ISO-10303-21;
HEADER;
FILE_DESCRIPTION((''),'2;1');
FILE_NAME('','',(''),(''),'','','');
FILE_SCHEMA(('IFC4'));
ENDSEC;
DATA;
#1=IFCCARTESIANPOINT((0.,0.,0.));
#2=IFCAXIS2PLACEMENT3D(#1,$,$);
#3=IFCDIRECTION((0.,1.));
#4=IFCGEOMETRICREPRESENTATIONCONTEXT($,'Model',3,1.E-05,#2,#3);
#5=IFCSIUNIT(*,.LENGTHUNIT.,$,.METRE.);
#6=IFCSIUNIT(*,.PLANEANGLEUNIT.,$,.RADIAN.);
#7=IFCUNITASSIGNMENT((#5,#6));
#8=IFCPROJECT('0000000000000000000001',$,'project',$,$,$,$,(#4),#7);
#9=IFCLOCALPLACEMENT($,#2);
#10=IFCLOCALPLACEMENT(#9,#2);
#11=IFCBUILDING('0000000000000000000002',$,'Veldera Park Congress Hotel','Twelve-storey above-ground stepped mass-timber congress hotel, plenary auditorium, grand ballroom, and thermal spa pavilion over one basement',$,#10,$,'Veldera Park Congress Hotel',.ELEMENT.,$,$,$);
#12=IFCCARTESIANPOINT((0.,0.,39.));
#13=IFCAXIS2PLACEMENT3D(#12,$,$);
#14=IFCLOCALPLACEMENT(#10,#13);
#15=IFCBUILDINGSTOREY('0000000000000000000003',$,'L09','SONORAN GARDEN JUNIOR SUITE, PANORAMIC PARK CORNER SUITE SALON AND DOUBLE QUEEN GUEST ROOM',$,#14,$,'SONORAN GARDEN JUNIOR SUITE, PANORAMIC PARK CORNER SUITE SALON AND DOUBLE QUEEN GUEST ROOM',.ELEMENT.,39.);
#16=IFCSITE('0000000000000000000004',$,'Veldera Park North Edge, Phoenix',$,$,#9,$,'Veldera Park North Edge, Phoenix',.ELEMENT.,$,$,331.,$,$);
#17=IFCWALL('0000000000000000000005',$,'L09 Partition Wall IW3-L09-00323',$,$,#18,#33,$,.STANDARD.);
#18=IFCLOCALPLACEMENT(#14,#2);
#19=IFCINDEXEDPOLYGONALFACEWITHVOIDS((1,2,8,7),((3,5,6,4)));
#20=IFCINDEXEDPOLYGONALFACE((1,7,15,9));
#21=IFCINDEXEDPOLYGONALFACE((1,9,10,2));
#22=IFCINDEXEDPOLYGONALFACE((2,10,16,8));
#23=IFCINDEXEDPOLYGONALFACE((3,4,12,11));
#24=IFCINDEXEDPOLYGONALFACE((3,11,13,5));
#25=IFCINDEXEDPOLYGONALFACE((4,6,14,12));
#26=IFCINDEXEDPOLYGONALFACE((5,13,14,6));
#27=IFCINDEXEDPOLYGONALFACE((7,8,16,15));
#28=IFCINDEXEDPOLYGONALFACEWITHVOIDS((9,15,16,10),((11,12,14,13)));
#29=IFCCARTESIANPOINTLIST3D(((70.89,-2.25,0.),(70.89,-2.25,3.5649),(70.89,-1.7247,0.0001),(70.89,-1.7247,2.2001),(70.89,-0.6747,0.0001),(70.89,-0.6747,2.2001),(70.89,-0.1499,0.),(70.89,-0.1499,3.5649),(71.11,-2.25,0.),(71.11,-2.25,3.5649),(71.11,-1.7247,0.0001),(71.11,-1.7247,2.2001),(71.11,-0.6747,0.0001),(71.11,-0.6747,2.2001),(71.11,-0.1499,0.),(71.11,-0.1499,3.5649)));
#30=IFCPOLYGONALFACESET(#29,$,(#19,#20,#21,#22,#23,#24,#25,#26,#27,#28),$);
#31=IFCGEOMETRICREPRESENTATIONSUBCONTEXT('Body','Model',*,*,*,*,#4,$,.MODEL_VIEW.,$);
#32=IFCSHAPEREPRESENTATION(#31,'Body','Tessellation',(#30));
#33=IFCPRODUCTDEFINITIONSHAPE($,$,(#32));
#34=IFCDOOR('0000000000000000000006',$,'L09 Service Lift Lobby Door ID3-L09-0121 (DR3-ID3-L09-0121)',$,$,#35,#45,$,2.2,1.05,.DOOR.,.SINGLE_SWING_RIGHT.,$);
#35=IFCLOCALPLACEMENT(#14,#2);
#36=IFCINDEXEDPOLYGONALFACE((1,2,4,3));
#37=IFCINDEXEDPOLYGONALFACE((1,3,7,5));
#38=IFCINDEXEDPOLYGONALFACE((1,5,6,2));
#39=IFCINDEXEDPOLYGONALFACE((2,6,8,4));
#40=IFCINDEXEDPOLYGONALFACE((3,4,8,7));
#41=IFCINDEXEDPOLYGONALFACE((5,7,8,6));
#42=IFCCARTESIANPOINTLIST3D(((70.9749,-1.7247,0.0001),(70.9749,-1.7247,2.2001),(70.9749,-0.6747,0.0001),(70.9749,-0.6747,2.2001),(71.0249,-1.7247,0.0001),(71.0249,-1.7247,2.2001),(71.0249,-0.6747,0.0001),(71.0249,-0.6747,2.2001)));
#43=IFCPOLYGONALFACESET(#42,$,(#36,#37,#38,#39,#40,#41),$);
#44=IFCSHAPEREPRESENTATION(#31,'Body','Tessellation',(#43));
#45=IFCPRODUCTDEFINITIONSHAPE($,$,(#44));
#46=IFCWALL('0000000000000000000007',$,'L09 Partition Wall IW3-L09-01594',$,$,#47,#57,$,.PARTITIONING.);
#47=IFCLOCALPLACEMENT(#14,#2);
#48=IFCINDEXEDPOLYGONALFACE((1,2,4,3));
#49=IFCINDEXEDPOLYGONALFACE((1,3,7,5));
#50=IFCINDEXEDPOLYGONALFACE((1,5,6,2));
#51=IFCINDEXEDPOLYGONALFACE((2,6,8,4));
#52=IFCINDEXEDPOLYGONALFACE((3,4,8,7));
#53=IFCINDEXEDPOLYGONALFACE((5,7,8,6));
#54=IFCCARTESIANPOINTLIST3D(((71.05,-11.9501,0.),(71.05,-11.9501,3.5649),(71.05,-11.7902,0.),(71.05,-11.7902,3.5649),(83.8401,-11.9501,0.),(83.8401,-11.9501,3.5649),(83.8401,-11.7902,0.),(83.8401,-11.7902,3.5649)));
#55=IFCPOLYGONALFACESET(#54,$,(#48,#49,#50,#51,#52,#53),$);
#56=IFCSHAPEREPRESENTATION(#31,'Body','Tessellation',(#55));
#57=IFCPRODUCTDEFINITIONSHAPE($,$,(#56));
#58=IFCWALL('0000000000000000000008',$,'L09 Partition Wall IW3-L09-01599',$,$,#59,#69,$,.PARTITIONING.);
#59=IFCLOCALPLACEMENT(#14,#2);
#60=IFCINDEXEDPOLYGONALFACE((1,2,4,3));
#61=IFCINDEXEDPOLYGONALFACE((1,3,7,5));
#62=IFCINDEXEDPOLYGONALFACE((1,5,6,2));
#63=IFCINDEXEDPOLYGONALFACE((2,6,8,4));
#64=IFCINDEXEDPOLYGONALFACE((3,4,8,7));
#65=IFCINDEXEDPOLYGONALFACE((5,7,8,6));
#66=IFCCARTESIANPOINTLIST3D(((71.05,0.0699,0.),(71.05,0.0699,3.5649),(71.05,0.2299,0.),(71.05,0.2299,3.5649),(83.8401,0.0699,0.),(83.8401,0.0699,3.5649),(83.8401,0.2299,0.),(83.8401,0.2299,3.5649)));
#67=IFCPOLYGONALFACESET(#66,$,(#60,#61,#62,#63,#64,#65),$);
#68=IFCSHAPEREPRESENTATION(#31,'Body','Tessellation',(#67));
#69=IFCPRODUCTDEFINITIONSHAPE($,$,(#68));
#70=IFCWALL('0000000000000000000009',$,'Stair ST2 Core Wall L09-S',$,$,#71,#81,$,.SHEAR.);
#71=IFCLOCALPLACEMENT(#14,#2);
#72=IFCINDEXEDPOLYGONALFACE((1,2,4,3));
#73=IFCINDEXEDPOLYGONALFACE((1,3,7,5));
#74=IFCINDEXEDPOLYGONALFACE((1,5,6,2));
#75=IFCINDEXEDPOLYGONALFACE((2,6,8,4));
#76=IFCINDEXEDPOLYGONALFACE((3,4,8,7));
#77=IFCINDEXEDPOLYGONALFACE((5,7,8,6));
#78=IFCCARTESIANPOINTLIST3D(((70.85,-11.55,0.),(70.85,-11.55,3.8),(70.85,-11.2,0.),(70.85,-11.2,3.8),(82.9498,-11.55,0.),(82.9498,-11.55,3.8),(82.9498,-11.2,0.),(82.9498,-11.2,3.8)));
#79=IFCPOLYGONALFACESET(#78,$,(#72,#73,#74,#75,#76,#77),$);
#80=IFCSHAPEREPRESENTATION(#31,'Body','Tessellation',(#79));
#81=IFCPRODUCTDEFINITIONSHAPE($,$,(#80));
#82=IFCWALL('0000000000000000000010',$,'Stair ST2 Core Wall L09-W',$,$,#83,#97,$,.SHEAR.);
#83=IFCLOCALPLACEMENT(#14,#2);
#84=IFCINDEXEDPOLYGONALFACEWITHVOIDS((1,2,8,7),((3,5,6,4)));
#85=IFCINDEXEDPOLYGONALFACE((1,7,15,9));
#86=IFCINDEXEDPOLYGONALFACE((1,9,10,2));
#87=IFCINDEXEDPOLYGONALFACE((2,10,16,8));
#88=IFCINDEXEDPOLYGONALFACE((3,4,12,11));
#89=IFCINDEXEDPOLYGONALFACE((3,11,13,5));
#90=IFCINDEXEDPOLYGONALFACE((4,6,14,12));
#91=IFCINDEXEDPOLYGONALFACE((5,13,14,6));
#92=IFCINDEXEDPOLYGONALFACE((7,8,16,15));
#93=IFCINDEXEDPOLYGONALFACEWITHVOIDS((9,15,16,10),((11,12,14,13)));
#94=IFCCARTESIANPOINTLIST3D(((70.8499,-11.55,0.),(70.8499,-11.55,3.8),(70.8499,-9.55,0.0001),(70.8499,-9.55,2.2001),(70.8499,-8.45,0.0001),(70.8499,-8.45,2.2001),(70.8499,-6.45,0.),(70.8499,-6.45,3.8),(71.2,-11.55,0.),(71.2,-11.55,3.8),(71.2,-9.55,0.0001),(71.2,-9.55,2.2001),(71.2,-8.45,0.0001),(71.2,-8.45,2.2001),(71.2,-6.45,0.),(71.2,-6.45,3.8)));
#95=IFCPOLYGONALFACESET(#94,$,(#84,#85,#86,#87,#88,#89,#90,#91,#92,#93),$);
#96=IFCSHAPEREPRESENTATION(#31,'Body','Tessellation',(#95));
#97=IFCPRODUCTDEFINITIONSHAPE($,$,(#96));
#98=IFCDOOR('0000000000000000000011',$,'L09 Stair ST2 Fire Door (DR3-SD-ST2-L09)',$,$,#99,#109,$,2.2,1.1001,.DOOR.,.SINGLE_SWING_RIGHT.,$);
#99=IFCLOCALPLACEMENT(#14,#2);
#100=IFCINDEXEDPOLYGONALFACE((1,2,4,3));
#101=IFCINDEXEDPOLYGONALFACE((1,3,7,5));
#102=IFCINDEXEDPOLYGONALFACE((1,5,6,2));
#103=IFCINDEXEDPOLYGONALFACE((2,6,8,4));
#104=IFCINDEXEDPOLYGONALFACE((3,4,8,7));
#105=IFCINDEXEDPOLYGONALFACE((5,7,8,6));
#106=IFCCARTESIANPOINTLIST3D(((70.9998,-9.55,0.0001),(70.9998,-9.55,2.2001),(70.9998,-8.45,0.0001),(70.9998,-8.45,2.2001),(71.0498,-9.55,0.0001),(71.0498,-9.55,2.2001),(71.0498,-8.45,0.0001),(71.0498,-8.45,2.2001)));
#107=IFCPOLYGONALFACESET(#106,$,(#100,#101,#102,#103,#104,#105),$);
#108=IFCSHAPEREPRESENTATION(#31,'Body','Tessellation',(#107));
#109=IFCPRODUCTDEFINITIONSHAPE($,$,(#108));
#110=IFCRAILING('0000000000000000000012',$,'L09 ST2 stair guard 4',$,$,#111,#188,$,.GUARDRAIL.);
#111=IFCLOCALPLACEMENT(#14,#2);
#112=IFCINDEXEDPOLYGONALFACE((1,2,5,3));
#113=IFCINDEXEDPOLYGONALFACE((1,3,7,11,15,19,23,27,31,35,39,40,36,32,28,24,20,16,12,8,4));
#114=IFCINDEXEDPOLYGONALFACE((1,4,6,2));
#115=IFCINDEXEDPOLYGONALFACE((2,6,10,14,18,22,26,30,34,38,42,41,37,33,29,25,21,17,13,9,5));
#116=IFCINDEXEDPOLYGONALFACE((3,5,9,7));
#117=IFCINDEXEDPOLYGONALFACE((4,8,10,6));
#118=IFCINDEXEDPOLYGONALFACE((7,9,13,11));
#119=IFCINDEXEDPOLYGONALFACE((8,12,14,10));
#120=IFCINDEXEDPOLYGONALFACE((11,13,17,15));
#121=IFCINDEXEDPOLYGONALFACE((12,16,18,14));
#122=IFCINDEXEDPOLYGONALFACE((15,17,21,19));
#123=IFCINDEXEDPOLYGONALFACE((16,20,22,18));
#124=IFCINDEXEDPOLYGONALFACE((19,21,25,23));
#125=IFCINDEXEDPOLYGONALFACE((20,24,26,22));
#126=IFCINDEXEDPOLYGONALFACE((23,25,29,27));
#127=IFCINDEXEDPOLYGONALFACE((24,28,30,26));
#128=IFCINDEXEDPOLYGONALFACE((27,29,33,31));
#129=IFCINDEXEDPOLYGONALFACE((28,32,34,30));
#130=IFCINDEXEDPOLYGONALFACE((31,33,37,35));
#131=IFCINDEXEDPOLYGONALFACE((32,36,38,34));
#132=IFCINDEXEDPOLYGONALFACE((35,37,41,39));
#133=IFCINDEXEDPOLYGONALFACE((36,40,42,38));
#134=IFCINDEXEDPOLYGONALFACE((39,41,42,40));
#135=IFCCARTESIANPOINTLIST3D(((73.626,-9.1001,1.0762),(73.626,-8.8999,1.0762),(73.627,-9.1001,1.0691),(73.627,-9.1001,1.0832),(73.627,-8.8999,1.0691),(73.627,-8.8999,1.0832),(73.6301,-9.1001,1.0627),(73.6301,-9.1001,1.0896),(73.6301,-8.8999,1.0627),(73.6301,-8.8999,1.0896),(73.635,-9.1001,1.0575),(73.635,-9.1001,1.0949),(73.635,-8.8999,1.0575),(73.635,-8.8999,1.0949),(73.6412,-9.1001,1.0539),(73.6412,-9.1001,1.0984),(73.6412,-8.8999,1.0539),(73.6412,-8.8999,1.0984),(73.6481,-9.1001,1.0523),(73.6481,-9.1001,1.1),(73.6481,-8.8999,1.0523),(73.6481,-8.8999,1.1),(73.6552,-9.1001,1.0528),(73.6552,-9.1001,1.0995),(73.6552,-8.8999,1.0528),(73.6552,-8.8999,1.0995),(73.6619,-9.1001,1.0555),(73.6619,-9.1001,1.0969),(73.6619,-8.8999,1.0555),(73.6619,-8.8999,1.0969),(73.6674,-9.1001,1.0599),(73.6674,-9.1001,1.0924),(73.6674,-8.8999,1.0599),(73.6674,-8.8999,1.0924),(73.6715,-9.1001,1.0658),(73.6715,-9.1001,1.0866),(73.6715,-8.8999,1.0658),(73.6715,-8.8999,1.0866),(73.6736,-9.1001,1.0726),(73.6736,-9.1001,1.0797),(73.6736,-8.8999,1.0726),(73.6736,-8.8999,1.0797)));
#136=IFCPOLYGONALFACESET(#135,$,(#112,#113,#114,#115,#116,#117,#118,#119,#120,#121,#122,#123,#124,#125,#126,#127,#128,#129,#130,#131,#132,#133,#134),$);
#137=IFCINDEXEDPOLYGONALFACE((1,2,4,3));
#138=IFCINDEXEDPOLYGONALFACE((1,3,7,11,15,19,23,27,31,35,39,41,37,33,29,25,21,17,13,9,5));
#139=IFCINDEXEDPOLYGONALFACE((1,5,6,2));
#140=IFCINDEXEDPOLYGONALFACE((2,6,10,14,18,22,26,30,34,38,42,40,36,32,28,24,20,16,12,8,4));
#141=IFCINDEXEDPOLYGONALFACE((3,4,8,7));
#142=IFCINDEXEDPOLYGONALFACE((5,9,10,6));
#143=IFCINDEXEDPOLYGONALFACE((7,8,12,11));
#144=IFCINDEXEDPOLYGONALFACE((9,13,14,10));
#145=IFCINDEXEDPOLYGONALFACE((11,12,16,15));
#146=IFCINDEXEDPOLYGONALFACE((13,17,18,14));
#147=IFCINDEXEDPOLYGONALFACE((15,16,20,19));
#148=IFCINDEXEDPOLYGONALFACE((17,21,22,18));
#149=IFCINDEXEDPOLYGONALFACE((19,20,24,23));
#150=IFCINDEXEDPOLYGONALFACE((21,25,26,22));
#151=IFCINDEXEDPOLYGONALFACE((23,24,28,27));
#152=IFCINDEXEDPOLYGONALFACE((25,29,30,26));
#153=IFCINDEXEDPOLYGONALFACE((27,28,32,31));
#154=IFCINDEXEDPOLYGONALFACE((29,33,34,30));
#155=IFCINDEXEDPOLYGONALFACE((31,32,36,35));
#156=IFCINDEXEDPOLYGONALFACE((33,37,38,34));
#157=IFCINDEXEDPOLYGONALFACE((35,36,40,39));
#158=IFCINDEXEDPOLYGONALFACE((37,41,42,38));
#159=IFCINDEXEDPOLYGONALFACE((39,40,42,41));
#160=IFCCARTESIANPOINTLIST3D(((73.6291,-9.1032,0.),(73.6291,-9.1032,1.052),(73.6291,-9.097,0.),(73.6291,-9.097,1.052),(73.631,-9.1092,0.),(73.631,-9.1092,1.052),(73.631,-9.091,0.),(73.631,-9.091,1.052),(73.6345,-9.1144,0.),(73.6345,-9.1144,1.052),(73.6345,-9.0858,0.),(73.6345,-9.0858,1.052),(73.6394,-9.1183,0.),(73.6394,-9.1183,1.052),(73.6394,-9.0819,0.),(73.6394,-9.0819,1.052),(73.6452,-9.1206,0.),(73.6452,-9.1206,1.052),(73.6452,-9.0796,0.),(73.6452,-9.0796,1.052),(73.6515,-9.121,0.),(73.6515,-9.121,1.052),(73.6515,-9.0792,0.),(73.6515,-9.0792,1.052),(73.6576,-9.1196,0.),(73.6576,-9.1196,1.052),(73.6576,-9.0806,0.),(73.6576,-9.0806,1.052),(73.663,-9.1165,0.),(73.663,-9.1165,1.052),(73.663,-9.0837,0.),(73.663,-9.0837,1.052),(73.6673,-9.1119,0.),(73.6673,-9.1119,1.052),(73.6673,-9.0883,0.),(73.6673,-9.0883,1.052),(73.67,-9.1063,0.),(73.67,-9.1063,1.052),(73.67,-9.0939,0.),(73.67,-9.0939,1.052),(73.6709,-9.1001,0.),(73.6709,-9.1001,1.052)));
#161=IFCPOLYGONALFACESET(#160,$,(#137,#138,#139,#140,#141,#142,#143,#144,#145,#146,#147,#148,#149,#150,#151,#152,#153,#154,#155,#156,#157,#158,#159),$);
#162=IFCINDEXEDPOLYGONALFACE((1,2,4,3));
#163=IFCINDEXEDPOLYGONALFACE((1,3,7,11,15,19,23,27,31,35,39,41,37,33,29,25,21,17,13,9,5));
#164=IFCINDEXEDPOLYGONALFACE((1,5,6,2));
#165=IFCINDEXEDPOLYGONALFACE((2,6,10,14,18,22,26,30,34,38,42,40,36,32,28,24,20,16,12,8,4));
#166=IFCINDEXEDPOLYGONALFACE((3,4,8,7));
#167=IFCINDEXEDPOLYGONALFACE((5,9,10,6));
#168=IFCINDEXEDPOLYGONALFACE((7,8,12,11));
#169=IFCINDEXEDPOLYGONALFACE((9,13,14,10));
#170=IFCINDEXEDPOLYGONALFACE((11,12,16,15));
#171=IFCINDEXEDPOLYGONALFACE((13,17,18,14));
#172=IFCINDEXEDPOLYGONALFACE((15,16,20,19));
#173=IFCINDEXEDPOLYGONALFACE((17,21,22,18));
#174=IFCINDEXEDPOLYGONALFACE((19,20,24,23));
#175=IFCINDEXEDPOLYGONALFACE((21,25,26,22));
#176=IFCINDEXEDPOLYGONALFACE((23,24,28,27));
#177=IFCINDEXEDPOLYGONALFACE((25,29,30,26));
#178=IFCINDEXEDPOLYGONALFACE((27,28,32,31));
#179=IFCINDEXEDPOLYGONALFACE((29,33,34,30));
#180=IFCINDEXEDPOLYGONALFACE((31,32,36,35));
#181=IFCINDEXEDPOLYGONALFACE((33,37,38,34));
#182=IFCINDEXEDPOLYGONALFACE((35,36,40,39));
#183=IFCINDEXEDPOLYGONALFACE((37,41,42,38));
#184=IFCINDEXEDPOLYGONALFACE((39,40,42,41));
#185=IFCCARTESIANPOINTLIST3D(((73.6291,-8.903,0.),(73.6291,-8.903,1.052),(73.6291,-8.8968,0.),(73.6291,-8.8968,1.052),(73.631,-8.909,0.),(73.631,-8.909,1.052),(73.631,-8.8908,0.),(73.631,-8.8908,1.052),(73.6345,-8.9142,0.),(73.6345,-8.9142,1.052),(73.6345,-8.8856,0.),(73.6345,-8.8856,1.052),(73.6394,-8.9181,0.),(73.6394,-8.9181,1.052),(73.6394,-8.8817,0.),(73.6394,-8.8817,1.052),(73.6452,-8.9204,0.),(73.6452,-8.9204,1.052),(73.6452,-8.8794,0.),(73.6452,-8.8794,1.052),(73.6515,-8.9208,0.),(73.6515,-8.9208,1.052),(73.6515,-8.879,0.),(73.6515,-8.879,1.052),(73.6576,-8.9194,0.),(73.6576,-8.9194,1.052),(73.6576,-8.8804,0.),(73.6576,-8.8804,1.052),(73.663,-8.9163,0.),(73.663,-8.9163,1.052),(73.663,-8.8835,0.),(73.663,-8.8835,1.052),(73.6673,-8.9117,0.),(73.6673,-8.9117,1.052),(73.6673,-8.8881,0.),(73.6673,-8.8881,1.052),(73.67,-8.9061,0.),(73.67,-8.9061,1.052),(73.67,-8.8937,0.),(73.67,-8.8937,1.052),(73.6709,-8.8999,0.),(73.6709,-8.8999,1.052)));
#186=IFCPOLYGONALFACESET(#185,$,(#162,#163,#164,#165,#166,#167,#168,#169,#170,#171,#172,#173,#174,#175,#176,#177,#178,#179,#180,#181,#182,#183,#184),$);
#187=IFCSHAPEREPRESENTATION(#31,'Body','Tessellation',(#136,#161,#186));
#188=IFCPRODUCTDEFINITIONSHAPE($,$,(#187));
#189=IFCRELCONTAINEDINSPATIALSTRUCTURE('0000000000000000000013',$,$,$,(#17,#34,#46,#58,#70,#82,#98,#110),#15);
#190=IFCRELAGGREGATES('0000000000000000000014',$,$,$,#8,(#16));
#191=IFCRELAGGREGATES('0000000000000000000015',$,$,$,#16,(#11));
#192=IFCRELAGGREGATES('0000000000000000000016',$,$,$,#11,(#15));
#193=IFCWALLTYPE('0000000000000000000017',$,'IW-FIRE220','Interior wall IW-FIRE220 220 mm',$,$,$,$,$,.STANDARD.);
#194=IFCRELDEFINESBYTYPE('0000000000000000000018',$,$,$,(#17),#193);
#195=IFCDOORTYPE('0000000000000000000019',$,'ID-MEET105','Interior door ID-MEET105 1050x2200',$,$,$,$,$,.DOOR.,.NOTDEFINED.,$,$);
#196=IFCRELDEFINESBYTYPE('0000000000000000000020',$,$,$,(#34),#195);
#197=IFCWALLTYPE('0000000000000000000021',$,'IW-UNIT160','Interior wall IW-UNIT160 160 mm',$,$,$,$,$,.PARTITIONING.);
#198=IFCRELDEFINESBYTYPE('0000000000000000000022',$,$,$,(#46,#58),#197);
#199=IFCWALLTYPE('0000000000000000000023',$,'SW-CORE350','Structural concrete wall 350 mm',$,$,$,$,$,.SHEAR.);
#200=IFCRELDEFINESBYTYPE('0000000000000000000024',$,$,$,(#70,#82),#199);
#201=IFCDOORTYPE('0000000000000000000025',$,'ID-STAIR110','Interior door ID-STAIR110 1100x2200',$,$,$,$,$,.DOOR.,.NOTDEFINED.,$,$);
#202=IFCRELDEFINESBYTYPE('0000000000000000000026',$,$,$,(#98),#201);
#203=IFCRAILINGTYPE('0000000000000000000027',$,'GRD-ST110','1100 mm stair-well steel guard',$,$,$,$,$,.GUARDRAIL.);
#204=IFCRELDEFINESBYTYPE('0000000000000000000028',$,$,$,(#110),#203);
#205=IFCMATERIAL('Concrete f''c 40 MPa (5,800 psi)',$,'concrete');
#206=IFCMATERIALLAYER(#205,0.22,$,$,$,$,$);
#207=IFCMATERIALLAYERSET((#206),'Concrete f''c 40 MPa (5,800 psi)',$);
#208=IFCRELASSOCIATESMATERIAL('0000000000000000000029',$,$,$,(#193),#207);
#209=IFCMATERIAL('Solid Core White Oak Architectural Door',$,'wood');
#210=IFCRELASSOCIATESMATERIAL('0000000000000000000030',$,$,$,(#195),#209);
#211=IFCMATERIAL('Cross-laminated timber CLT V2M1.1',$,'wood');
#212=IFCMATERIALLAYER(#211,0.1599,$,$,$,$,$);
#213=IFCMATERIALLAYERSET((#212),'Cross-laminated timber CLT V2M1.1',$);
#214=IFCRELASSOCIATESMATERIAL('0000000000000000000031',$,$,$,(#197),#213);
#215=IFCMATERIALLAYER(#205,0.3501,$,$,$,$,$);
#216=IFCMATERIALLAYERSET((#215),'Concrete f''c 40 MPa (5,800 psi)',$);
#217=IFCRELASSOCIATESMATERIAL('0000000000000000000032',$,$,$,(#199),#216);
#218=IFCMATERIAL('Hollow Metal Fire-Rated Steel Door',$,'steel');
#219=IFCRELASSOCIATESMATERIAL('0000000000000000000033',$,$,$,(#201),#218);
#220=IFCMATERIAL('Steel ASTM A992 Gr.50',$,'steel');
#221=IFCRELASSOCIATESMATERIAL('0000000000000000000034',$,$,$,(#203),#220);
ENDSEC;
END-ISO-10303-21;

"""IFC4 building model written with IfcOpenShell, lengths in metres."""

from ifc_helpers import new_model, si_unit, direction, frame, frame_2d, origin, origin_2d, place, context, subcontext, project, spatial, rectangle, circle, extrude, material, layer, layer_set, type_object, element, fill, save


model = new_model("IFC4")

# Units and contexts
model_context = context("Model", 3, precision=1e-05, world=origin(), true_north=direction((0.0, 1.0)))
body_context = subcontext(model_context, "Body", "Model", "MODEL_VIEW")
ifc_project = project(units=[si_unit("LENGTHUNIT", "METRE"), si_unit("PLANEANGLEUNIT", "RADIAN")], contexts=[model_context])

# Site, building, storey
site_placement = place(None, origin())
site = spatial("IfcSite", under=ifc_project, at=site_placement, Name="Veldera Park North Edge, Phoenix", LongName="Veldera Park North Edge, Phoenix", CompositionType="ELEMENT", RefElevation=331.0)
building_placement = place(site_placement, origin())
building = spatial("IfcBuilding", under=site, at=building_placement, Name="Veldera Park Congress Hotel", Description="Twelve-storey above-ground stepped mass-timber congress hotel, plenary auditorium, grand ballroom, and thermal spa pavilion over one basement", LongName="Veldera Park Congress Hotel", CompositionType="ELEMENT")
storey_placement = place(building_placement, frame((0.0, 0.0, 39.0)))
storey = spatial("IfcBuildingStorey", under=building, at=storey_placement, Name="L09", Description="SONORAN GARDEN JUNIOR SUITE, PANORAMIC PARK CORNER SUITE SALON AND DOUBLE QUEEN GUEST ROOM", LongName="SONORAN GARDEN JUNIOR SUITE, PANORAMIC PARK CORNER SUITE SALON AND DOUBLE QUEEN GUEST ROOM", CompositionType="ELEMENT", Elevation=39.0)

# Shared definitions
ifc_material_1 = material(Name="Cross-laminated timber CLT V2M1.1", Category="wood")

# Wall, opening, door
ifc_material_2 = material(Name="Concrete f'c 40 MPa (5,800 psi)", Category="concrete")
ifc_layer_1 = layer(ifc_material_2, 0.22)
ifc_layer_set_1 = layer_set([ifc_layer_1], Name="Concrete f'c 40 MPa (5,800 psi)")
wall_type_1 = type_object("IfcWallType", Name="IW-FIRE220", Description="Interior wall IW-FIRE220 220 mm", PredefinedType="STANDARD", material=ifc_layer_set_1)
wall_1_placement = place(storey_placement, frame((71.0, -0.1499, 0.0), z_axis=(0.0, 0.0, 1.0), x_axis=(0.0, -1.0, 0.0)))
wall_1 = element("IfcWall", 1, at=wall_1_placement, inside=storey, type_object=wall_type_1, Name="L09 Partition Wall IW3-L09-00323", PredefinedType="STANDARD", context=body_context, shape_type="SweptSolid", body=[
    extrude(rectangle(XDim=2.1001, YDim=0.22, at=frame_2d((1.05, 0.0))), origin(), (0.0, 0.0, 1.0), 3.5649),
])
opening_1_placement = place(wall_1_placement, frame((0.5249, 0.0, 0.0)))
opening_1 = element("IfcOpeningElement", 2, at=opening_1_placement, cuts=wall_1, PredefinedType="OPENING", context=body_context, shape_type="SweptSolid", body=[
    extrude(rectangle(XDim=1.05, YDim=2.2, at=frame_2d((0.5249, 1.1001))), frame((0.0, 0.1221, 0.0), z_axis=(0.0, -1.0, 0.0), x_axis=(1.0, 0.0, 0.0)), (0.0, 0.0, 1.0), 0.2439),
])
ifc_material_3 = material(Name="Solid Core White Oak Architectural Door", Category="wood")
door_type_1 = type_object("IfcDoorType", Name="ID-MEET105", Description="Interior door ID-MEET105 1050x2200", OperationType="NOTDEFINED", PredefinedType="DOOR", material=ifc_material_3)
door_1_placement = place(opening_1_placement, origin())
door_1 = element("IfcDoor", 3, at=door_1_placement, inside=storey, type_object=door_type_1, Name="L09 Service Lift Lobby Door ID3-L09-0121 (DR3-ID3-L09-0121)", OperationType="SINGLE_SWING_RIGHT", OverallHeight=2.2, OverallWidth=1.05, PredefinedType="DOOR", context=body_context, shape_type="SweptSolid", body=[
    extrude(rectangle(XDim=1.05, YDim=2.2, at=frame_2d((0.5249, 1.1001))), frame((0.0, 0.0249, 0.0), z_axis=(0.0, -1.0, 0.0), x_axis=(1.0, 0.0, 0.0)), (0.0, 0.0, 1.0), 0.05),
])
fill(opening_1, door_1)

# Walls
ifc_layer_2 = layer(ifc_material_1, 0.1599)
ifc_layer_set_2 = layer_set([ifc_layer_2], Name="Cross-laminated timber CLT V2M1.1")
wall_type_2 = type_object("IfcWallType", Name="IW-UNIT160", Description="Interior wall IW-UNIT160 160 mm", PredefinedType="PARTITIONING", material=ifc_layer_set_2)
for number, where, z_axis, x_axis, name in (
    (4, (71.05, -11.8701, 0.0), (0.0, 0.0, 1.0), (1.0, 0.0, 0.0), "L09 Partition Wall IW3-L09-01594"),
    (5, (71.05, 0.1499, 0.0), (0.0, 0.0, 1.0), (1.0, 0.0, 0.0), "L09 Partition Wall IW3-L09-01599"),
):
    element("IfcWall", number, at=place(storey_placement, frame(where, z_axis=z_axis, x_axis=x_axis)), inside=storey, type_object=wall_type_2, Name=name, PredefinedType="PARTITIONING", context=body_context, shape_type="SweptSolid", body=[
        extrude(rectangle(XDim=12.79, YDim=0.1599, at=frame_2d((6.395, 0.0))), origin(), (0.0, 0.0, 1.0), 3.5649),
    ])
ifc_layer_3 = layer(ifc_material_2, 0.3501)
ifc_layer_set_3 = layer_set([ifc_layer_3], Name="Concrete f'c 40 MPa (5,800 psi)")
wall_type_3 = type_object("IfcWallType", Name="SW-CORE350", Description="Structural concrete wall 350 mm", PredefinedType="SHEAR", material=ifc_layer_set_3)
wall_2_placement = place(storey_placement, frame((70.8501, -11.375, 0.0), z_axis=(0.0, 0.0, 1.0), x_axis=(1.0, 0.0, 0.0)))
element("IfcWall", 6, at=wall_2_placement, inside=storey, type_object=wall_type_3, Name="Stair ST2 Core Wall L09-S", PredefinedType="SHEAR", context=body_context, shape_type="SweptSolid", body=[
    extrude(rectangle(XDim=12.0999, YDim=0.3501, at=frame_2d((6.0498, 0.0))), origin(), (0.0, 0.0, 1.0), 3.8),
])

# Wall, opening, door
wall_3_placement = place(storey_placement, frame((71.0249, -6.45, 0.0), z_axis=(0.0, 0.0, 1.0), x_axis=(0.0, -1.0, 0.0)))
wall_3 = element("IfcWall", 7, at=wall_3_placement, inside=storey, type_object=wall_type_3, Name="Stair ST2 Core Wall L09-W", PredefinedType="SHEAR", context=body_context, shape_type="SweptSolid", body=[
    extrude(rectangle(XDim=5.1001, YDim=0.3501, at=frame_2d((2.55, 0.0))), origin(), (0.0, 0.0, 1.0), 3.8),
])
opening_2_placement = place(wall_3_placement, frame((2.0, 0.0, 0.0)))
opening_2 = element("IfcOpeningElement", 8, at=opening_2_placement, cuts=wall_3, PredefinedType="OPENING", context=body_context, shape_type="SweptSolid", body=[
    extrude(rectangle(XDim=1.1001, YDim=2.2, at=frame_2d((0.55, 1.1001))), frame((0.0, 0.187, 0.0), z_axis=(0.0, -1.0, 0.0), x_axis=(1.0, 0.0, 0.0)), (0.0, 0.0, 1.0), 0.374),
])
ifc_material_4 = material(Name="Hollow Metal Fire-Rated Steel Door", Category="steel")
door_type_2 = type_object("IfcDoorType", Name="ID-STAIR110", Description="Interior door ID-STAIR110 1100x2200", OperationType="NOTDEFINED", PredefinedType="DOOR", material=ifc_material_4)
door_2_placement = place(opening_2_placement, origin())
door_2 = element("IfcDoor", 9, at=door_2_placement, inside=storey, type_object=door_type_2, Name="L09 Stair ST2 Fire Door (DR3-SD-ST2-L09)", OperationType="SINGLE_SWING_RIGHT", OverallHeight=2.2, OverallWidth=1.1001, PredefinedType="DOOR", context=body_context, shape_type="SweptSolid", body=[
    extrude(rectangle(XDim=1.1001, YDim=2.2, at=frame_2d((0.55, 1.1001))), frame((0.0, 0.0249, 0.0), z_axis=(0.0, -1.0, 0.0), x_axis=(1.0, 0.0, 0.0)), (0.0, 0.0, 1.0), 0.05),
])
fill(opening_2, door_2)

# Railing
ifc_material_5 = material(Name="Steel ASTM A992 Gr.50", Category="steel")
railing_type = type_object("IfcRailingType", Name="GRD-ST110", Description="1100 mm stair-well steel guard", PredefinedType="GUARDRAIL", material=ifc_material_5)
railing_placement = place(storey_placement, frame((73.6499, -9.1001, 0.0)))
element("IfcRailing", 10, at=railing_placement, inside=storey, type_object=railing_type, Name="L09 ST2 stair guard 4", PredefinedType="GUARDRAIL", context=body_context, shape_type="SweptSolid", body=[
    extrude(circle(Radius=0.0239, at=origin_2d()), frame((0.0, 0.0, 1.0762), z_axis=(0.0, 1.0, 0.0), x_axis=(-1.0, 0.0, 0.0)), (0.0, 0.0, 1.0), 0.2002),
    extrude(circle(Radius=0.021, at=origin_2d()), origin(), (0.0, 0.0, 1.0), 1.052),
    extrude(circle(Radius=0.021, at=origin_2d()), frame((0.0, 0.2002, 0.0)), (0.0, 0.0, 1.0), 1.052),
])

save(model, "model.ifc")
